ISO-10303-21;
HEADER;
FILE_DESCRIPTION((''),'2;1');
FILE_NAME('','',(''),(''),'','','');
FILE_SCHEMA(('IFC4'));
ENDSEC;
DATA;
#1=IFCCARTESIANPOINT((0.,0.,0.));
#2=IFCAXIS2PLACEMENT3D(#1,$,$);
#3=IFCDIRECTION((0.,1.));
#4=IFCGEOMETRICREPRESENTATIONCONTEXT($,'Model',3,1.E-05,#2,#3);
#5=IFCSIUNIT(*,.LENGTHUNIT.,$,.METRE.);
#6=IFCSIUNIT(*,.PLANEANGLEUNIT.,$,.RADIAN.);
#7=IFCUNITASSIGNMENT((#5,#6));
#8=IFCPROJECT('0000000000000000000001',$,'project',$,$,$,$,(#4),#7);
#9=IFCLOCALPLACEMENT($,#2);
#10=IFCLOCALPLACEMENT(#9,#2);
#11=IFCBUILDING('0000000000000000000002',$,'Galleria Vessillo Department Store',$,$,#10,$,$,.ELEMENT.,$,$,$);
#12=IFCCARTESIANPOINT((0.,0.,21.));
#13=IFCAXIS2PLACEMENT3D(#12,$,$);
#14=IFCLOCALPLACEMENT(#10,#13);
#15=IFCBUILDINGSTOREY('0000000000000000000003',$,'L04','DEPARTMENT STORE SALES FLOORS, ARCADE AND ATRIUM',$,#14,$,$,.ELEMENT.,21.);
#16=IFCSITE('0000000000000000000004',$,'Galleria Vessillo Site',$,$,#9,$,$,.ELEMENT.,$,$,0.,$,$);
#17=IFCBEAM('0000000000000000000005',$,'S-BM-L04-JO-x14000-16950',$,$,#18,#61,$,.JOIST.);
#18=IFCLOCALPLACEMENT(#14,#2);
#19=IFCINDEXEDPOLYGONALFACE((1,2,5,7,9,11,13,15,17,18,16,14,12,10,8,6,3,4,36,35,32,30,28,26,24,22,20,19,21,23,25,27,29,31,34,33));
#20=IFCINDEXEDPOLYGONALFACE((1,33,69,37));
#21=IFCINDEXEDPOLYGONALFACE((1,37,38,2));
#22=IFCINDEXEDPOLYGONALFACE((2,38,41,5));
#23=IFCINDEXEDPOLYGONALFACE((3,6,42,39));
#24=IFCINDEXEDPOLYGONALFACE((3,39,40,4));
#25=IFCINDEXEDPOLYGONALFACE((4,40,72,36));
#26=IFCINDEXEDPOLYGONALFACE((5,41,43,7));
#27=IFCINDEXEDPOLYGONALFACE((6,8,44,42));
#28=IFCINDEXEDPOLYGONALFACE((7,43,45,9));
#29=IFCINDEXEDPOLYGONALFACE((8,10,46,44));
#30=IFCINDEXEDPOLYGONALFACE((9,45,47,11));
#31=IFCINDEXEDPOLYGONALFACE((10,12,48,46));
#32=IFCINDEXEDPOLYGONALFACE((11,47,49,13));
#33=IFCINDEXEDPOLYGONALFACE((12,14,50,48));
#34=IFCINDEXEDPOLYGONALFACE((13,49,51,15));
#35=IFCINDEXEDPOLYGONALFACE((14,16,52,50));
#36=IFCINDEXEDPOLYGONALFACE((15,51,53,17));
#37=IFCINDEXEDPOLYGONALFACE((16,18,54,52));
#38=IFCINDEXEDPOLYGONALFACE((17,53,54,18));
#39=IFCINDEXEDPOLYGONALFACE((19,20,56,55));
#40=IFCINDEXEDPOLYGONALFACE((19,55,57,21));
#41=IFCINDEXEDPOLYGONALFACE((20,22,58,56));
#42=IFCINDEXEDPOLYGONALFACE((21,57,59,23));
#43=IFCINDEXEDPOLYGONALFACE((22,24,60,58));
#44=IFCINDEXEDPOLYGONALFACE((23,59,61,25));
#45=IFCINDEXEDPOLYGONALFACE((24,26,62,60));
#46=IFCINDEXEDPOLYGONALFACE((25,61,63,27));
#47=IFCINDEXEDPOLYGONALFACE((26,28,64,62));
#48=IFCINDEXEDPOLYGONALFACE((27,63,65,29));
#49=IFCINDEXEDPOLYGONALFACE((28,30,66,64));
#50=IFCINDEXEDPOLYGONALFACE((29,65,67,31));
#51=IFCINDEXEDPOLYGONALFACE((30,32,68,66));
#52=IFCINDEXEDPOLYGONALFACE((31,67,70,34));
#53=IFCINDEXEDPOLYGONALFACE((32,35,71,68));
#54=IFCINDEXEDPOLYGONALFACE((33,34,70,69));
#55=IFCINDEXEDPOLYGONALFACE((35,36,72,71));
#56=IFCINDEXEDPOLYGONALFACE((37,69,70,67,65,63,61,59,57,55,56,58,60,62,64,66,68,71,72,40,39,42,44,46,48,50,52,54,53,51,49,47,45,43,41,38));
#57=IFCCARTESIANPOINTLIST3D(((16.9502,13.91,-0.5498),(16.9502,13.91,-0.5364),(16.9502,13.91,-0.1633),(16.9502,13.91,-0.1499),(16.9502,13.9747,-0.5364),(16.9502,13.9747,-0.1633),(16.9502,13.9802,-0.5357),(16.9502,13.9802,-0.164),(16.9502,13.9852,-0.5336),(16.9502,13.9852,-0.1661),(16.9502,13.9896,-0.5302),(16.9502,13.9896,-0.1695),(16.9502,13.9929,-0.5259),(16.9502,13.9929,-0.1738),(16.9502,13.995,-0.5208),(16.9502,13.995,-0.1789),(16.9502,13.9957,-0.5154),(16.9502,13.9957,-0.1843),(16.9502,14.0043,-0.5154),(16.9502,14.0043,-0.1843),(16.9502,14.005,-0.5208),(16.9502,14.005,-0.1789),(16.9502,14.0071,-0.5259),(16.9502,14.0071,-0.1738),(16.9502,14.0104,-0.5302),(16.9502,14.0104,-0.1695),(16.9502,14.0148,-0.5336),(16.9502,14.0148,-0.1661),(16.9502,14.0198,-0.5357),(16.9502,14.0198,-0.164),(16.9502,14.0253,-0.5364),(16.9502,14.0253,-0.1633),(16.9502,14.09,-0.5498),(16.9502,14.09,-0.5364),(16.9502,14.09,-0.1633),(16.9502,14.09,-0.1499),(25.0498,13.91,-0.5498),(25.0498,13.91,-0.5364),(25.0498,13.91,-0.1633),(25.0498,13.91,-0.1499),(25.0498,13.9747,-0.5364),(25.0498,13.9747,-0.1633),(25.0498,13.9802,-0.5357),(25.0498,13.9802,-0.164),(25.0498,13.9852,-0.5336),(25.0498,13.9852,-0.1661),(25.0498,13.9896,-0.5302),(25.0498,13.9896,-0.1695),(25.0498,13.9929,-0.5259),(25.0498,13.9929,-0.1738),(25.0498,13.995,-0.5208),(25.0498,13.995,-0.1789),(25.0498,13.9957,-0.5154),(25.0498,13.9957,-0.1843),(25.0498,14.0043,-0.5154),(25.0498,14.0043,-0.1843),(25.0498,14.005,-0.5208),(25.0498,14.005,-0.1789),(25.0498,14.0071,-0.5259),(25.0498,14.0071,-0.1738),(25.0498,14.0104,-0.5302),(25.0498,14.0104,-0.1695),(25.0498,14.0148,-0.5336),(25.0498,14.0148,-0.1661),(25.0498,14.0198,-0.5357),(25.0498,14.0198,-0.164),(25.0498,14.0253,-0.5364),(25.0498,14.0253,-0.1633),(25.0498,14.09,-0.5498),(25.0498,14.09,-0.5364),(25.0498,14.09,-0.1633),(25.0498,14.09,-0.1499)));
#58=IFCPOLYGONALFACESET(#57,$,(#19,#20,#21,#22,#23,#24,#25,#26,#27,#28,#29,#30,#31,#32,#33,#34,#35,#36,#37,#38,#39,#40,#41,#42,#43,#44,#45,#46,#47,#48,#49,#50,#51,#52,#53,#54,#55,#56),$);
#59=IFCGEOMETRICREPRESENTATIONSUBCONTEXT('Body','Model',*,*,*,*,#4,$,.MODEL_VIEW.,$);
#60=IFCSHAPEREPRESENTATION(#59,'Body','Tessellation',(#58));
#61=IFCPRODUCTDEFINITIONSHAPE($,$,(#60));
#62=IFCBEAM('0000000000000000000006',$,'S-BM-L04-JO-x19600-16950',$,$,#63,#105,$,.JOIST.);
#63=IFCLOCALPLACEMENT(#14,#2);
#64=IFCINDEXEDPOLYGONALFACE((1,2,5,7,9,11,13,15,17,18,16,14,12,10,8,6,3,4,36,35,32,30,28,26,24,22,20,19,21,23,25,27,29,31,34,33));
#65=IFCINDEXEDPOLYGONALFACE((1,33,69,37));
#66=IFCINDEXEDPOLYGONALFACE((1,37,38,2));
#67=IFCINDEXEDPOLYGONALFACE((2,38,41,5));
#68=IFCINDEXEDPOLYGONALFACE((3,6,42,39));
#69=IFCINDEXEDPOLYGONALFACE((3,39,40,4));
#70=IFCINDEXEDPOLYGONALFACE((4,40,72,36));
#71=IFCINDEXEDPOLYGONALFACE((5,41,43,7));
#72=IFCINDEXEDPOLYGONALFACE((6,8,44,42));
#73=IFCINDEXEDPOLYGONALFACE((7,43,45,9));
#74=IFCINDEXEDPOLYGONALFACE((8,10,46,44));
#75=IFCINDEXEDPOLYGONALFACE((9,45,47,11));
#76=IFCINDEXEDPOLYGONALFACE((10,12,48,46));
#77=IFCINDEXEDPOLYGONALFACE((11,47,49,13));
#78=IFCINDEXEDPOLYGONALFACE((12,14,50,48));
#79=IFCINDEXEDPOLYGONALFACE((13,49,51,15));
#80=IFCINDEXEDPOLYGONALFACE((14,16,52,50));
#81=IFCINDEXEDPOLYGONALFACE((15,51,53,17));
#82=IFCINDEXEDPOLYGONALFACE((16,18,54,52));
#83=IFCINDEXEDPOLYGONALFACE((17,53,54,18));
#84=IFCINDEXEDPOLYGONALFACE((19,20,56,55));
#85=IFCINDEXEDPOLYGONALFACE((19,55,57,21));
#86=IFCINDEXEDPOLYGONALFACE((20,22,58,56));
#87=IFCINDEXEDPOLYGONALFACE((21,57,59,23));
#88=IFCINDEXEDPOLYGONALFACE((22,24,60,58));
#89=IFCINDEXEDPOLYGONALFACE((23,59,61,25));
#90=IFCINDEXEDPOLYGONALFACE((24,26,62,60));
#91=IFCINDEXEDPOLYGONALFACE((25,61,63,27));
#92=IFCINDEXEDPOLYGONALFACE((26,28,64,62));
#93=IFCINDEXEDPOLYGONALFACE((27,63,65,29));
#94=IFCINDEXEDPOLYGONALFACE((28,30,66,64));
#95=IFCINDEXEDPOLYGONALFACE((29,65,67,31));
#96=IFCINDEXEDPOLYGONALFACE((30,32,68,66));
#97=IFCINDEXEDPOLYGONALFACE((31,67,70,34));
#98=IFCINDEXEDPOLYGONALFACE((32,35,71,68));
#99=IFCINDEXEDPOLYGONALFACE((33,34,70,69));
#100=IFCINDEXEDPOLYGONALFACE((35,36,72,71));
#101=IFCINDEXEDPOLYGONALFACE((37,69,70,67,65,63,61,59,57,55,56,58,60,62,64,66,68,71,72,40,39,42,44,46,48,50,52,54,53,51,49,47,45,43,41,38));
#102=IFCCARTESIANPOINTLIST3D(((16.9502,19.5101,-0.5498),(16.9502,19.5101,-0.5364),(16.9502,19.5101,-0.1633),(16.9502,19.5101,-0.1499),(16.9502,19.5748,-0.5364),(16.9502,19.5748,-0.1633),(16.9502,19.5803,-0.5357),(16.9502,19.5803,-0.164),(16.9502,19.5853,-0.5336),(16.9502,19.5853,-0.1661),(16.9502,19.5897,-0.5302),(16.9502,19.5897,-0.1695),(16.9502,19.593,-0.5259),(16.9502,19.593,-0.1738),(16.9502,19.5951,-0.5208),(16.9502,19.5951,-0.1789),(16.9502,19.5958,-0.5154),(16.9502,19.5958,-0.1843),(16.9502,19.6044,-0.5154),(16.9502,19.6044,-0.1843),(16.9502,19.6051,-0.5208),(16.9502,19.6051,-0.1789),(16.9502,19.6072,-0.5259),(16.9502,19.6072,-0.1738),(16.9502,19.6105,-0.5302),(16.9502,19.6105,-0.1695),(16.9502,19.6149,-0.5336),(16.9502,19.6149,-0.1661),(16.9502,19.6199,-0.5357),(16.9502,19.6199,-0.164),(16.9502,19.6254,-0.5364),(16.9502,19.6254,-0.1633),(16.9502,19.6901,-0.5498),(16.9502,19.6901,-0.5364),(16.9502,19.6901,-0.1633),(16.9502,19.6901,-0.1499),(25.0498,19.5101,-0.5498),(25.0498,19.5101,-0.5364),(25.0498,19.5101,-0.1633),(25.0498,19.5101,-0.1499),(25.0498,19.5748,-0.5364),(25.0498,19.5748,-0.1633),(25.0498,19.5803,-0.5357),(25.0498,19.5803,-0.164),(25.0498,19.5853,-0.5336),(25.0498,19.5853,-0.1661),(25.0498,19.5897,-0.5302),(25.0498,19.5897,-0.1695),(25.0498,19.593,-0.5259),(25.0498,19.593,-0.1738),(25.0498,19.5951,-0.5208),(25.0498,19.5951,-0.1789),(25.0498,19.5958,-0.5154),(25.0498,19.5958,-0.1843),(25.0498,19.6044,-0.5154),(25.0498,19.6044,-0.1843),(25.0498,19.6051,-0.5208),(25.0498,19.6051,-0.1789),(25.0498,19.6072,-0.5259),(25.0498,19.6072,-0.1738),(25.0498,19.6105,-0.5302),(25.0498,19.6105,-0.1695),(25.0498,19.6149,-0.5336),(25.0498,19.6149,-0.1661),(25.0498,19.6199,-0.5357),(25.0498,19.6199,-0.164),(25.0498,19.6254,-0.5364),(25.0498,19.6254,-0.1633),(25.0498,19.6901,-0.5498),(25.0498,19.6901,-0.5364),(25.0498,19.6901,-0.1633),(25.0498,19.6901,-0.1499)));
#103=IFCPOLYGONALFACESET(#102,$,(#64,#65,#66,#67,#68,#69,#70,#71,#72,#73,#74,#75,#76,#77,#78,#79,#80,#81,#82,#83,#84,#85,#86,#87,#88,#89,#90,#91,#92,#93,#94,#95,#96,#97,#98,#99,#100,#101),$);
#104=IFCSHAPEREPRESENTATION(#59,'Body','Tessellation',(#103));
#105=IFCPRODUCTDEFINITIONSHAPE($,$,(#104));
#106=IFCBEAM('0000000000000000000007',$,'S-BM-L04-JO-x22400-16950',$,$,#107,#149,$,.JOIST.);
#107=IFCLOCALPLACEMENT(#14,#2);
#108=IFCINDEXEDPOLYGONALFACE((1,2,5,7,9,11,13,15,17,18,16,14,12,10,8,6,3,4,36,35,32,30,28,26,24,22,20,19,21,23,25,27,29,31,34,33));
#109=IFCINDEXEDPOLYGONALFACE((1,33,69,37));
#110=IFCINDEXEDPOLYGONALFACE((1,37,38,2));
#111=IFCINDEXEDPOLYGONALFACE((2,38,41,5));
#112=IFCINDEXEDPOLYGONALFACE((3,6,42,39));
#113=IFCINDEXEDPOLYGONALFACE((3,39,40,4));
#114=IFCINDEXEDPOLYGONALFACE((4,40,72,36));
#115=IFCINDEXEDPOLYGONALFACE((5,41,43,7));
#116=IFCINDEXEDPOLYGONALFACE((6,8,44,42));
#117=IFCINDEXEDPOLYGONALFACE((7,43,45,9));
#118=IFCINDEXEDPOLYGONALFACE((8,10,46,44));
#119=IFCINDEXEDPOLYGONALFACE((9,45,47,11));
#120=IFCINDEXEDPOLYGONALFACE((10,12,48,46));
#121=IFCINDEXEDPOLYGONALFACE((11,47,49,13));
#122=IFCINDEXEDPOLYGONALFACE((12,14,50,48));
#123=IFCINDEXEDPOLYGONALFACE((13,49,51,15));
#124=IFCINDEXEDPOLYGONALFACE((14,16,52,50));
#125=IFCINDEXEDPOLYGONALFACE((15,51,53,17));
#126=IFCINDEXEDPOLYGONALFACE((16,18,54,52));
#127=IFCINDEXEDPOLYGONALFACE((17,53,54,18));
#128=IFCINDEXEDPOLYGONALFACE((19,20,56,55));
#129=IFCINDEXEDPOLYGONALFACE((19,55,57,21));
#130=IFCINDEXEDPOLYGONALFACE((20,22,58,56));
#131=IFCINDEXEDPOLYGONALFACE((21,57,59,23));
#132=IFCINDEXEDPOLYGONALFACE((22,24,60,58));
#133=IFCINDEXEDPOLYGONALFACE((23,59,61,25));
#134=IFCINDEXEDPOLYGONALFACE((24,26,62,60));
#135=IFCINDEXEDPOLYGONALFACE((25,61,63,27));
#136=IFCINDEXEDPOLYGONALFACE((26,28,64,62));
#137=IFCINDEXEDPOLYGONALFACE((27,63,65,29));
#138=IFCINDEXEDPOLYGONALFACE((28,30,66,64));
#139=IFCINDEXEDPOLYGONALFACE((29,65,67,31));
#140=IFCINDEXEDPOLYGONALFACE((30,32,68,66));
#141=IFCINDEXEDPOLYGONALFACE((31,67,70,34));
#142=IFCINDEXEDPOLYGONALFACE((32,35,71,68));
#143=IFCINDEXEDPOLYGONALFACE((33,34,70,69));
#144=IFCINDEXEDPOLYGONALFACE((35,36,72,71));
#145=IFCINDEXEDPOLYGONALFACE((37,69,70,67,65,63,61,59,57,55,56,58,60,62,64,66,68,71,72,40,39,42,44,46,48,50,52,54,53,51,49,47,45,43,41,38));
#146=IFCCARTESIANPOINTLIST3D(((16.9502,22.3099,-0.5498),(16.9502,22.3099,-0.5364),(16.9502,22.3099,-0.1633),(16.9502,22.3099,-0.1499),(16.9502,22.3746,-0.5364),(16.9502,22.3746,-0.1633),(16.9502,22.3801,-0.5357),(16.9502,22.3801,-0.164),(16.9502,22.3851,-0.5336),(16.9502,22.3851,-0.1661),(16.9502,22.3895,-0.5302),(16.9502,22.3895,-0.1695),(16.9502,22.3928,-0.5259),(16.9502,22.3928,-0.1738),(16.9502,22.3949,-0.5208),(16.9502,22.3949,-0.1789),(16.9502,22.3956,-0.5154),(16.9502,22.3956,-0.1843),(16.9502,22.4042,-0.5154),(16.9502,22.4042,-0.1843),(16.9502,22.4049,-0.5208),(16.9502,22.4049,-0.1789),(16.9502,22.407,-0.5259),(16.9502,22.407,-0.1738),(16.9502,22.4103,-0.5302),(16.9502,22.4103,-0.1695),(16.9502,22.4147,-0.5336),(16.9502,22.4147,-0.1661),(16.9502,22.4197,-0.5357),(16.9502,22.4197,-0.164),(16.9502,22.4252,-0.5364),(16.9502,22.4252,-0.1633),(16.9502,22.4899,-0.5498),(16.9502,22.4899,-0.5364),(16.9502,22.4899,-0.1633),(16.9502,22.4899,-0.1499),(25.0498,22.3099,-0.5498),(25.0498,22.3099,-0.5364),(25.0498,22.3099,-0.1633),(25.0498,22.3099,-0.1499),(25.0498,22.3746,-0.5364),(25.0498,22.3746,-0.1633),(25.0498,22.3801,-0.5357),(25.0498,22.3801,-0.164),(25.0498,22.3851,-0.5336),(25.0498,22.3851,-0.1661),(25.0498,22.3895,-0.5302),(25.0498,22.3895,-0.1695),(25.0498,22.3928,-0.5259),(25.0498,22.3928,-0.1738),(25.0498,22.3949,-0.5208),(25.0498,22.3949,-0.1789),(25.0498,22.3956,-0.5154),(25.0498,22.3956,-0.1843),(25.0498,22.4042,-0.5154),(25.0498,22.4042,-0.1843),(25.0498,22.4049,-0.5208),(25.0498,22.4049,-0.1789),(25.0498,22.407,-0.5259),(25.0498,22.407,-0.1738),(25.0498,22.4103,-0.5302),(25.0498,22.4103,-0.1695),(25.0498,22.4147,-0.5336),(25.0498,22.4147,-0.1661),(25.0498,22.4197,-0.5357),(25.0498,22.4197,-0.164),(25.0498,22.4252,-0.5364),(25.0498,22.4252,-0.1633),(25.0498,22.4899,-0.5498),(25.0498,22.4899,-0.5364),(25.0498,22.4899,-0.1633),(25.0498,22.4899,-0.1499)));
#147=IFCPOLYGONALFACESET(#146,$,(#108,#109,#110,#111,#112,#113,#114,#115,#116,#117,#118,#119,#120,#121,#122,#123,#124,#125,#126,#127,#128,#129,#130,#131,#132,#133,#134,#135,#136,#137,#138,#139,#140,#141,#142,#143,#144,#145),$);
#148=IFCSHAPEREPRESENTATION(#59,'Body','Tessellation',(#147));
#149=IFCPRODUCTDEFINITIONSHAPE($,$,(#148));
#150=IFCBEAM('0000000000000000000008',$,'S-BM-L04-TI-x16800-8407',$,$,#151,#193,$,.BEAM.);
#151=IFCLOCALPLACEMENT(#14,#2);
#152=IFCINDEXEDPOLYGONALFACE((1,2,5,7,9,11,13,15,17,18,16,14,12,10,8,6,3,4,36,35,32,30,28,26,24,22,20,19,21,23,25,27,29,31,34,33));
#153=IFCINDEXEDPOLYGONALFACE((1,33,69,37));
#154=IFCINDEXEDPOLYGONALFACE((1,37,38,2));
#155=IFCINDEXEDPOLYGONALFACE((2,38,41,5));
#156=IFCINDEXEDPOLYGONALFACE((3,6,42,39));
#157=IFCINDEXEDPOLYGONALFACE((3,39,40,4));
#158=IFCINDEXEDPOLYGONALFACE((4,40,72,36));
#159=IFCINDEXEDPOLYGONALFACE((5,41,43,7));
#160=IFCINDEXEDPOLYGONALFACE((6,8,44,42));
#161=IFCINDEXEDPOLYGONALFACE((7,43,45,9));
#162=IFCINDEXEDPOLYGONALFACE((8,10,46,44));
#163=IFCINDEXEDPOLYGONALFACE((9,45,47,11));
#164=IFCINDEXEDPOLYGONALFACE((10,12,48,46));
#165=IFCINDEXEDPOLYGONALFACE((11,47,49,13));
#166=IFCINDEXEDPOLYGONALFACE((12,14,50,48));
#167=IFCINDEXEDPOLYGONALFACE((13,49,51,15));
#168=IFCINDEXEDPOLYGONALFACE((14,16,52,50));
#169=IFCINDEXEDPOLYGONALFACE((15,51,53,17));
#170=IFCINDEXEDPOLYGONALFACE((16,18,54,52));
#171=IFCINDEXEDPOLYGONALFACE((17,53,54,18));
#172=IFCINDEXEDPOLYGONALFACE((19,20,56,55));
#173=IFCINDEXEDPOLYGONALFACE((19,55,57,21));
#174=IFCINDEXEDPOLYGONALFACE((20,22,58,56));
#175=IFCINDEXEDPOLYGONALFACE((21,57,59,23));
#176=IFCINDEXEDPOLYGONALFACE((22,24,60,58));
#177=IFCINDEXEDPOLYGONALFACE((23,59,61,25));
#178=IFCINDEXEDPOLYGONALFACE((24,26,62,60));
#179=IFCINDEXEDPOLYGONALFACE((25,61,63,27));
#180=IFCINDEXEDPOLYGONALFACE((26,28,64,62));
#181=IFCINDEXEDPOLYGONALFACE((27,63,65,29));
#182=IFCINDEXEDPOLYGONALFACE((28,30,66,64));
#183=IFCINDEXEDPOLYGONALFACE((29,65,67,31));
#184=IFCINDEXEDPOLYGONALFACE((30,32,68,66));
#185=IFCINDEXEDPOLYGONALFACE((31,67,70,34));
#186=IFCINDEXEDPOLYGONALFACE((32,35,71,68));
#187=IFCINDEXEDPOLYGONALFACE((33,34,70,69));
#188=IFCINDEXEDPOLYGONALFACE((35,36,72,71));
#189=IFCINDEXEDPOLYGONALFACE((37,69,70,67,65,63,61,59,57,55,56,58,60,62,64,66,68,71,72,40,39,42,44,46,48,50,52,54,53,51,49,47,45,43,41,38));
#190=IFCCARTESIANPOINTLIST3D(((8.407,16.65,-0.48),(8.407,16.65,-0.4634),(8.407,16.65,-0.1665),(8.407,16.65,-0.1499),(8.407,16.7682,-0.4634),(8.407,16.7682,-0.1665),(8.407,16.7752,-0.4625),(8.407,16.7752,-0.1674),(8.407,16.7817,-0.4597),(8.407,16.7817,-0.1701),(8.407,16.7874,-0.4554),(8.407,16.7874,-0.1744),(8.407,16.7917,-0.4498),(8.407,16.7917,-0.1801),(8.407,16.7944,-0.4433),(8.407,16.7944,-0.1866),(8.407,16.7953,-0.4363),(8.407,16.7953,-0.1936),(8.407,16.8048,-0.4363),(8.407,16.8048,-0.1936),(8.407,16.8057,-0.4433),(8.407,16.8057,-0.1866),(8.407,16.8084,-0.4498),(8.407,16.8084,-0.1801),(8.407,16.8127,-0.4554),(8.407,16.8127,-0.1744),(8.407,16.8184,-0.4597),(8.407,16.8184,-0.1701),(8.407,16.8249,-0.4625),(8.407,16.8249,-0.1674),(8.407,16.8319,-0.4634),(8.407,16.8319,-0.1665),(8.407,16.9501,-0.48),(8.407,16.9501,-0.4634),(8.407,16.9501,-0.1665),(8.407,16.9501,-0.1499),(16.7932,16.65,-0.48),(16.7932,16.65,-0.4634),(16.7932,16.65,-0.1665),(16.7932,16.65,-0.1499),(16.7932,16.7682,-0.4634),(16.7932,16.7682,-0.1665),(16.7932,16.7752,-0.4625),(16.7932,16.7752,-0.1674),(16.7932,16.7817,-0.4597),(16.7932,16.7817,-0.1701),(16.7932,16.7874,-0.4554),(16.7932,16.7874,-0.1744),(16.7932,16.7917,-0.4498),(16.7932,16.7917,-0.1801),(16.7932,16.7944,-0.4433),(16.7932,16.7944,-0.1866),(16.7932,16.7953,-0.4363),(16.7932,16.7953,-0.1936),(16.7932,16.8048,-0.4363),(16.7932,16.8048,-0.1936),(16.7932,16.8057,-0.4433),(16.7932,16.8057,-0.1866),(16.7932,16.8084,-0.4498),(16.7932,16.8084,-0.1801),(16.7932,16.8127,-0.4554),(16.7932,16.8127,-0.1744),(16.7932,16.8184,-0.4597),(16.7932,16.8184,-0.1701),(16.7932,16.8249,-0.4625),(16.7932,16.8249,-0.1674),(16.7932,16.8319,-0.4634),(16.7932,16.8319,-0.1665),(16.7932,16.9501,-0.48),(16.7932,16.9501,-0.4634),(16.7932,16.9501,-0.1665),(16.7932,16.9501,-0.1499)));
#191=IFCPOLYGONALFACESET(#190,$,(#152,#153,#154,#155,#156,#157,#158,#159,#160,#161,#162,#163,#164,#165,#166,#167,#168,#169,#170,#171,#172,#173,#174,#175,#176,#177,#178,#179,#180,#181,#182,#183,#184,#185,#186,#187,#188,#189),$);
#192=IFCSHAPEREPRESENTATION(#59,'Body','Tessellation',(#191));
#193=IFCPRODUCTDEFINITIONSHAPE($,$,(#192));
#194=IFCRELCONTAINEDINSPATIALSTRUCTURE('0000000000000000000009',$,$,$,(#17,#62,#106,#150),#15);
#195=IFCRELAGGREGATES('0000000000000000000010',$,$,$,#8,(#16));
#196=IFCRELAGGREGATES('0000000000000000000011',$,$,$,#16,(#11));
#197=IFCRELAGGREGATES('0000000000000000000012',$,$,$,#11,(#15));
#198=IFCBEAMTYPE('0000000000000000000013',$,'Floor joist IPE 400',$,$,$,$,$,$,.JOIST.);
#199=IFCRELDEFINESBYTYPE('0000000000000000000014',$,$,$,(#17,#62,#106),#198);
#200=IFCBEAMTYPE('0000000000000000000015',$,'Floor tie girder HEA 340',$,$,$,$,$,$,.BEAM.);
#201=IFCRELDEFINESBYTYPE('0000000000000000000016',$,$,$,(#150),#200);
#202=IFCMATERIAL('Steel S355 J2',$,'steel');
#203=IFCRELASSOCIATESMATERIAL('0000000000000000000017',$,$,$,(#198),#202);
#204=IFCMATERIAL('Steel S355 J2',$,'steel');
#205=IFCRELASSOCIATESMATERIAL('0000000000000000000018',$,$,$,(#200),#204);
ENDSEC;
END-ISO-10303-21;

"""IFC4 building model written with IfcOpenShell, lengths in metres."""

from ifc_helpers import new_model, si_unit, direction, frame, origin, origin_2d, place, context, subcontext, project, spatial, i_section, extrude, material, material_profile, profile_set, type_object, element, save


model = new_model("IFC4")

# Units and contexts
model_context = context("Model", 3, precision=1e-05, world=origin(), true_north=direction((0.0, 1.0)))
body_context = subcontext(model_context, "Body", "Model", "MODEL_VIEW")
ifc_project = project(units=[si_unit("LENGTHUNIT", "METRE"), si_unit("PLANEANGLEUNIT", "RADIAN")], contexts=[model_context])

# Site, building, storey
site_placement = place(None, origin())
site = spatial("IfcSite", under=ifc_project, at=site_placement, Name="Galleria Vessillo Site", CompositionType="ELEMENT", RefElevation=0.0)
building_placement = place(site_placement, origin())
building = spatial("IfcBuilding", under=site, at=building_placement, Name="Galleria Vessillo Department Store", CompositionType="ELEMENT")
storey_placement = place(building_placement, frame((0.0, 0.0, 21.0)))
storey = spatial("IfcBuildingStorey", under=building, at=storey_placement, Name="L04", Description="DEPARTMENT STORE SALES FLOORS, ARCADE AND ATRIUM", CompositionType="ELEMENT", Elevation=21.0)

# Beams
ifc_material_1 = material(Name="Steel S355 J2", Category="steel")
ifc_material_profile_1 = material_profile(ifc_material_1, i_section(OverallWidth=0.1799, OverallDepth=0.3999, WebThickness=0.0085, FlangeThickness=0.0134, FilletRadius=0.021, at=origin_2d()), Name="IPE 400")
ifc_profile_set_1 = profile_set([ifc_material_profile_1], Name="Steel S355 J2")
beam_type_1 = type_object("IfcBeamType", Name="Floor joist IPE 400", PredefinedType="JOIST", material=ifc_profile_set_1)
for number, where, z_axis, x_axis, name in (
    (1, (16.9502, 14.0, -0.3499), (1.0, 0.0, 0.0), (0.0, 1.0, 0.0), "S-BM-L04-JO-x14000-16950"),
    (2, (16.9502, 19.6001, -0.3499), (1.0, 0.0, 0.0), (0.0, 1.0, 0.0), "S-BM-L04-JO-x19600-16950"),
    (3, (16.9502, 22.3999, -0.3499), (1.0, 0.0, 0.0), (0.0, 1.0, 0.0), "S-BM-L04-JO-x22400-16950"),
):
    element("IfcBeam", number, at=place(storey_placement, frame(where, z_axis=z_axis, x_axis=x_axis)), inside=storey, type_object=beam_type_1, Name=name, PredefinedType="JOIST", context=body_context, shape_type="SweptSolid", body=[
        extrude(i_section(OverallWidth=0.1799, OverallDepth=0.3999, WebThickness=0.0085, FlangeThickness=0.0134, FilletRadius=0.021, at=origin_2d()), origin(), (0.0, 0.0, 1.0), 8.0996),
    ])
ifc_material_2 = material(Name="Steel S355 J2", Category="steel")
ifc_material_profile_2 = material_profile(ifc_material_2, i_section(OverallWidth=0.3, OverallDepth=0.3301, WebThickness=0.0095, FlangeThickness=0.0166, FilletRadius=0.0271, at=origin_2d()), Name="HEA 340")
ifc_profile_set_2 = profile_set([ifc_material_profile_2], Name="Steel S355 J2")
beam_type_2 = type_object("IfcBeamType", Name="Floor tie girder HEA 340", PredefinedType="BEAM", material=ifc_profile_set_2)
for number, where, z_axis, x_axis, name in (
    (4, (8.407, 16.8, -0.3149), (1.0, 0.0, 0.0), (0.0, 1.0, 0.0), "S-BM-L04-TI-x16800-8407"),
):
    element("IfcBeam", number, at=place(storey_placement, frame(where, z_axis=z_axis, x_axis=x_axis)), inside=storey, type_object=beam_type_2, Name=name, PredefinedType="BEAM", context=body_context, shape_type="SweptSolid", body=[
        extrude(i_section(OverallWidth=0.3, OverallDepth=0.3301, WebThickness=0.0095, FlangeThickness=0.0166, FilletRadius=0.0271, at=origin_2d()), origin(), (0.0, 0.0, 1.0), 8.3862),
    ])

save(model, "model.ifc")
